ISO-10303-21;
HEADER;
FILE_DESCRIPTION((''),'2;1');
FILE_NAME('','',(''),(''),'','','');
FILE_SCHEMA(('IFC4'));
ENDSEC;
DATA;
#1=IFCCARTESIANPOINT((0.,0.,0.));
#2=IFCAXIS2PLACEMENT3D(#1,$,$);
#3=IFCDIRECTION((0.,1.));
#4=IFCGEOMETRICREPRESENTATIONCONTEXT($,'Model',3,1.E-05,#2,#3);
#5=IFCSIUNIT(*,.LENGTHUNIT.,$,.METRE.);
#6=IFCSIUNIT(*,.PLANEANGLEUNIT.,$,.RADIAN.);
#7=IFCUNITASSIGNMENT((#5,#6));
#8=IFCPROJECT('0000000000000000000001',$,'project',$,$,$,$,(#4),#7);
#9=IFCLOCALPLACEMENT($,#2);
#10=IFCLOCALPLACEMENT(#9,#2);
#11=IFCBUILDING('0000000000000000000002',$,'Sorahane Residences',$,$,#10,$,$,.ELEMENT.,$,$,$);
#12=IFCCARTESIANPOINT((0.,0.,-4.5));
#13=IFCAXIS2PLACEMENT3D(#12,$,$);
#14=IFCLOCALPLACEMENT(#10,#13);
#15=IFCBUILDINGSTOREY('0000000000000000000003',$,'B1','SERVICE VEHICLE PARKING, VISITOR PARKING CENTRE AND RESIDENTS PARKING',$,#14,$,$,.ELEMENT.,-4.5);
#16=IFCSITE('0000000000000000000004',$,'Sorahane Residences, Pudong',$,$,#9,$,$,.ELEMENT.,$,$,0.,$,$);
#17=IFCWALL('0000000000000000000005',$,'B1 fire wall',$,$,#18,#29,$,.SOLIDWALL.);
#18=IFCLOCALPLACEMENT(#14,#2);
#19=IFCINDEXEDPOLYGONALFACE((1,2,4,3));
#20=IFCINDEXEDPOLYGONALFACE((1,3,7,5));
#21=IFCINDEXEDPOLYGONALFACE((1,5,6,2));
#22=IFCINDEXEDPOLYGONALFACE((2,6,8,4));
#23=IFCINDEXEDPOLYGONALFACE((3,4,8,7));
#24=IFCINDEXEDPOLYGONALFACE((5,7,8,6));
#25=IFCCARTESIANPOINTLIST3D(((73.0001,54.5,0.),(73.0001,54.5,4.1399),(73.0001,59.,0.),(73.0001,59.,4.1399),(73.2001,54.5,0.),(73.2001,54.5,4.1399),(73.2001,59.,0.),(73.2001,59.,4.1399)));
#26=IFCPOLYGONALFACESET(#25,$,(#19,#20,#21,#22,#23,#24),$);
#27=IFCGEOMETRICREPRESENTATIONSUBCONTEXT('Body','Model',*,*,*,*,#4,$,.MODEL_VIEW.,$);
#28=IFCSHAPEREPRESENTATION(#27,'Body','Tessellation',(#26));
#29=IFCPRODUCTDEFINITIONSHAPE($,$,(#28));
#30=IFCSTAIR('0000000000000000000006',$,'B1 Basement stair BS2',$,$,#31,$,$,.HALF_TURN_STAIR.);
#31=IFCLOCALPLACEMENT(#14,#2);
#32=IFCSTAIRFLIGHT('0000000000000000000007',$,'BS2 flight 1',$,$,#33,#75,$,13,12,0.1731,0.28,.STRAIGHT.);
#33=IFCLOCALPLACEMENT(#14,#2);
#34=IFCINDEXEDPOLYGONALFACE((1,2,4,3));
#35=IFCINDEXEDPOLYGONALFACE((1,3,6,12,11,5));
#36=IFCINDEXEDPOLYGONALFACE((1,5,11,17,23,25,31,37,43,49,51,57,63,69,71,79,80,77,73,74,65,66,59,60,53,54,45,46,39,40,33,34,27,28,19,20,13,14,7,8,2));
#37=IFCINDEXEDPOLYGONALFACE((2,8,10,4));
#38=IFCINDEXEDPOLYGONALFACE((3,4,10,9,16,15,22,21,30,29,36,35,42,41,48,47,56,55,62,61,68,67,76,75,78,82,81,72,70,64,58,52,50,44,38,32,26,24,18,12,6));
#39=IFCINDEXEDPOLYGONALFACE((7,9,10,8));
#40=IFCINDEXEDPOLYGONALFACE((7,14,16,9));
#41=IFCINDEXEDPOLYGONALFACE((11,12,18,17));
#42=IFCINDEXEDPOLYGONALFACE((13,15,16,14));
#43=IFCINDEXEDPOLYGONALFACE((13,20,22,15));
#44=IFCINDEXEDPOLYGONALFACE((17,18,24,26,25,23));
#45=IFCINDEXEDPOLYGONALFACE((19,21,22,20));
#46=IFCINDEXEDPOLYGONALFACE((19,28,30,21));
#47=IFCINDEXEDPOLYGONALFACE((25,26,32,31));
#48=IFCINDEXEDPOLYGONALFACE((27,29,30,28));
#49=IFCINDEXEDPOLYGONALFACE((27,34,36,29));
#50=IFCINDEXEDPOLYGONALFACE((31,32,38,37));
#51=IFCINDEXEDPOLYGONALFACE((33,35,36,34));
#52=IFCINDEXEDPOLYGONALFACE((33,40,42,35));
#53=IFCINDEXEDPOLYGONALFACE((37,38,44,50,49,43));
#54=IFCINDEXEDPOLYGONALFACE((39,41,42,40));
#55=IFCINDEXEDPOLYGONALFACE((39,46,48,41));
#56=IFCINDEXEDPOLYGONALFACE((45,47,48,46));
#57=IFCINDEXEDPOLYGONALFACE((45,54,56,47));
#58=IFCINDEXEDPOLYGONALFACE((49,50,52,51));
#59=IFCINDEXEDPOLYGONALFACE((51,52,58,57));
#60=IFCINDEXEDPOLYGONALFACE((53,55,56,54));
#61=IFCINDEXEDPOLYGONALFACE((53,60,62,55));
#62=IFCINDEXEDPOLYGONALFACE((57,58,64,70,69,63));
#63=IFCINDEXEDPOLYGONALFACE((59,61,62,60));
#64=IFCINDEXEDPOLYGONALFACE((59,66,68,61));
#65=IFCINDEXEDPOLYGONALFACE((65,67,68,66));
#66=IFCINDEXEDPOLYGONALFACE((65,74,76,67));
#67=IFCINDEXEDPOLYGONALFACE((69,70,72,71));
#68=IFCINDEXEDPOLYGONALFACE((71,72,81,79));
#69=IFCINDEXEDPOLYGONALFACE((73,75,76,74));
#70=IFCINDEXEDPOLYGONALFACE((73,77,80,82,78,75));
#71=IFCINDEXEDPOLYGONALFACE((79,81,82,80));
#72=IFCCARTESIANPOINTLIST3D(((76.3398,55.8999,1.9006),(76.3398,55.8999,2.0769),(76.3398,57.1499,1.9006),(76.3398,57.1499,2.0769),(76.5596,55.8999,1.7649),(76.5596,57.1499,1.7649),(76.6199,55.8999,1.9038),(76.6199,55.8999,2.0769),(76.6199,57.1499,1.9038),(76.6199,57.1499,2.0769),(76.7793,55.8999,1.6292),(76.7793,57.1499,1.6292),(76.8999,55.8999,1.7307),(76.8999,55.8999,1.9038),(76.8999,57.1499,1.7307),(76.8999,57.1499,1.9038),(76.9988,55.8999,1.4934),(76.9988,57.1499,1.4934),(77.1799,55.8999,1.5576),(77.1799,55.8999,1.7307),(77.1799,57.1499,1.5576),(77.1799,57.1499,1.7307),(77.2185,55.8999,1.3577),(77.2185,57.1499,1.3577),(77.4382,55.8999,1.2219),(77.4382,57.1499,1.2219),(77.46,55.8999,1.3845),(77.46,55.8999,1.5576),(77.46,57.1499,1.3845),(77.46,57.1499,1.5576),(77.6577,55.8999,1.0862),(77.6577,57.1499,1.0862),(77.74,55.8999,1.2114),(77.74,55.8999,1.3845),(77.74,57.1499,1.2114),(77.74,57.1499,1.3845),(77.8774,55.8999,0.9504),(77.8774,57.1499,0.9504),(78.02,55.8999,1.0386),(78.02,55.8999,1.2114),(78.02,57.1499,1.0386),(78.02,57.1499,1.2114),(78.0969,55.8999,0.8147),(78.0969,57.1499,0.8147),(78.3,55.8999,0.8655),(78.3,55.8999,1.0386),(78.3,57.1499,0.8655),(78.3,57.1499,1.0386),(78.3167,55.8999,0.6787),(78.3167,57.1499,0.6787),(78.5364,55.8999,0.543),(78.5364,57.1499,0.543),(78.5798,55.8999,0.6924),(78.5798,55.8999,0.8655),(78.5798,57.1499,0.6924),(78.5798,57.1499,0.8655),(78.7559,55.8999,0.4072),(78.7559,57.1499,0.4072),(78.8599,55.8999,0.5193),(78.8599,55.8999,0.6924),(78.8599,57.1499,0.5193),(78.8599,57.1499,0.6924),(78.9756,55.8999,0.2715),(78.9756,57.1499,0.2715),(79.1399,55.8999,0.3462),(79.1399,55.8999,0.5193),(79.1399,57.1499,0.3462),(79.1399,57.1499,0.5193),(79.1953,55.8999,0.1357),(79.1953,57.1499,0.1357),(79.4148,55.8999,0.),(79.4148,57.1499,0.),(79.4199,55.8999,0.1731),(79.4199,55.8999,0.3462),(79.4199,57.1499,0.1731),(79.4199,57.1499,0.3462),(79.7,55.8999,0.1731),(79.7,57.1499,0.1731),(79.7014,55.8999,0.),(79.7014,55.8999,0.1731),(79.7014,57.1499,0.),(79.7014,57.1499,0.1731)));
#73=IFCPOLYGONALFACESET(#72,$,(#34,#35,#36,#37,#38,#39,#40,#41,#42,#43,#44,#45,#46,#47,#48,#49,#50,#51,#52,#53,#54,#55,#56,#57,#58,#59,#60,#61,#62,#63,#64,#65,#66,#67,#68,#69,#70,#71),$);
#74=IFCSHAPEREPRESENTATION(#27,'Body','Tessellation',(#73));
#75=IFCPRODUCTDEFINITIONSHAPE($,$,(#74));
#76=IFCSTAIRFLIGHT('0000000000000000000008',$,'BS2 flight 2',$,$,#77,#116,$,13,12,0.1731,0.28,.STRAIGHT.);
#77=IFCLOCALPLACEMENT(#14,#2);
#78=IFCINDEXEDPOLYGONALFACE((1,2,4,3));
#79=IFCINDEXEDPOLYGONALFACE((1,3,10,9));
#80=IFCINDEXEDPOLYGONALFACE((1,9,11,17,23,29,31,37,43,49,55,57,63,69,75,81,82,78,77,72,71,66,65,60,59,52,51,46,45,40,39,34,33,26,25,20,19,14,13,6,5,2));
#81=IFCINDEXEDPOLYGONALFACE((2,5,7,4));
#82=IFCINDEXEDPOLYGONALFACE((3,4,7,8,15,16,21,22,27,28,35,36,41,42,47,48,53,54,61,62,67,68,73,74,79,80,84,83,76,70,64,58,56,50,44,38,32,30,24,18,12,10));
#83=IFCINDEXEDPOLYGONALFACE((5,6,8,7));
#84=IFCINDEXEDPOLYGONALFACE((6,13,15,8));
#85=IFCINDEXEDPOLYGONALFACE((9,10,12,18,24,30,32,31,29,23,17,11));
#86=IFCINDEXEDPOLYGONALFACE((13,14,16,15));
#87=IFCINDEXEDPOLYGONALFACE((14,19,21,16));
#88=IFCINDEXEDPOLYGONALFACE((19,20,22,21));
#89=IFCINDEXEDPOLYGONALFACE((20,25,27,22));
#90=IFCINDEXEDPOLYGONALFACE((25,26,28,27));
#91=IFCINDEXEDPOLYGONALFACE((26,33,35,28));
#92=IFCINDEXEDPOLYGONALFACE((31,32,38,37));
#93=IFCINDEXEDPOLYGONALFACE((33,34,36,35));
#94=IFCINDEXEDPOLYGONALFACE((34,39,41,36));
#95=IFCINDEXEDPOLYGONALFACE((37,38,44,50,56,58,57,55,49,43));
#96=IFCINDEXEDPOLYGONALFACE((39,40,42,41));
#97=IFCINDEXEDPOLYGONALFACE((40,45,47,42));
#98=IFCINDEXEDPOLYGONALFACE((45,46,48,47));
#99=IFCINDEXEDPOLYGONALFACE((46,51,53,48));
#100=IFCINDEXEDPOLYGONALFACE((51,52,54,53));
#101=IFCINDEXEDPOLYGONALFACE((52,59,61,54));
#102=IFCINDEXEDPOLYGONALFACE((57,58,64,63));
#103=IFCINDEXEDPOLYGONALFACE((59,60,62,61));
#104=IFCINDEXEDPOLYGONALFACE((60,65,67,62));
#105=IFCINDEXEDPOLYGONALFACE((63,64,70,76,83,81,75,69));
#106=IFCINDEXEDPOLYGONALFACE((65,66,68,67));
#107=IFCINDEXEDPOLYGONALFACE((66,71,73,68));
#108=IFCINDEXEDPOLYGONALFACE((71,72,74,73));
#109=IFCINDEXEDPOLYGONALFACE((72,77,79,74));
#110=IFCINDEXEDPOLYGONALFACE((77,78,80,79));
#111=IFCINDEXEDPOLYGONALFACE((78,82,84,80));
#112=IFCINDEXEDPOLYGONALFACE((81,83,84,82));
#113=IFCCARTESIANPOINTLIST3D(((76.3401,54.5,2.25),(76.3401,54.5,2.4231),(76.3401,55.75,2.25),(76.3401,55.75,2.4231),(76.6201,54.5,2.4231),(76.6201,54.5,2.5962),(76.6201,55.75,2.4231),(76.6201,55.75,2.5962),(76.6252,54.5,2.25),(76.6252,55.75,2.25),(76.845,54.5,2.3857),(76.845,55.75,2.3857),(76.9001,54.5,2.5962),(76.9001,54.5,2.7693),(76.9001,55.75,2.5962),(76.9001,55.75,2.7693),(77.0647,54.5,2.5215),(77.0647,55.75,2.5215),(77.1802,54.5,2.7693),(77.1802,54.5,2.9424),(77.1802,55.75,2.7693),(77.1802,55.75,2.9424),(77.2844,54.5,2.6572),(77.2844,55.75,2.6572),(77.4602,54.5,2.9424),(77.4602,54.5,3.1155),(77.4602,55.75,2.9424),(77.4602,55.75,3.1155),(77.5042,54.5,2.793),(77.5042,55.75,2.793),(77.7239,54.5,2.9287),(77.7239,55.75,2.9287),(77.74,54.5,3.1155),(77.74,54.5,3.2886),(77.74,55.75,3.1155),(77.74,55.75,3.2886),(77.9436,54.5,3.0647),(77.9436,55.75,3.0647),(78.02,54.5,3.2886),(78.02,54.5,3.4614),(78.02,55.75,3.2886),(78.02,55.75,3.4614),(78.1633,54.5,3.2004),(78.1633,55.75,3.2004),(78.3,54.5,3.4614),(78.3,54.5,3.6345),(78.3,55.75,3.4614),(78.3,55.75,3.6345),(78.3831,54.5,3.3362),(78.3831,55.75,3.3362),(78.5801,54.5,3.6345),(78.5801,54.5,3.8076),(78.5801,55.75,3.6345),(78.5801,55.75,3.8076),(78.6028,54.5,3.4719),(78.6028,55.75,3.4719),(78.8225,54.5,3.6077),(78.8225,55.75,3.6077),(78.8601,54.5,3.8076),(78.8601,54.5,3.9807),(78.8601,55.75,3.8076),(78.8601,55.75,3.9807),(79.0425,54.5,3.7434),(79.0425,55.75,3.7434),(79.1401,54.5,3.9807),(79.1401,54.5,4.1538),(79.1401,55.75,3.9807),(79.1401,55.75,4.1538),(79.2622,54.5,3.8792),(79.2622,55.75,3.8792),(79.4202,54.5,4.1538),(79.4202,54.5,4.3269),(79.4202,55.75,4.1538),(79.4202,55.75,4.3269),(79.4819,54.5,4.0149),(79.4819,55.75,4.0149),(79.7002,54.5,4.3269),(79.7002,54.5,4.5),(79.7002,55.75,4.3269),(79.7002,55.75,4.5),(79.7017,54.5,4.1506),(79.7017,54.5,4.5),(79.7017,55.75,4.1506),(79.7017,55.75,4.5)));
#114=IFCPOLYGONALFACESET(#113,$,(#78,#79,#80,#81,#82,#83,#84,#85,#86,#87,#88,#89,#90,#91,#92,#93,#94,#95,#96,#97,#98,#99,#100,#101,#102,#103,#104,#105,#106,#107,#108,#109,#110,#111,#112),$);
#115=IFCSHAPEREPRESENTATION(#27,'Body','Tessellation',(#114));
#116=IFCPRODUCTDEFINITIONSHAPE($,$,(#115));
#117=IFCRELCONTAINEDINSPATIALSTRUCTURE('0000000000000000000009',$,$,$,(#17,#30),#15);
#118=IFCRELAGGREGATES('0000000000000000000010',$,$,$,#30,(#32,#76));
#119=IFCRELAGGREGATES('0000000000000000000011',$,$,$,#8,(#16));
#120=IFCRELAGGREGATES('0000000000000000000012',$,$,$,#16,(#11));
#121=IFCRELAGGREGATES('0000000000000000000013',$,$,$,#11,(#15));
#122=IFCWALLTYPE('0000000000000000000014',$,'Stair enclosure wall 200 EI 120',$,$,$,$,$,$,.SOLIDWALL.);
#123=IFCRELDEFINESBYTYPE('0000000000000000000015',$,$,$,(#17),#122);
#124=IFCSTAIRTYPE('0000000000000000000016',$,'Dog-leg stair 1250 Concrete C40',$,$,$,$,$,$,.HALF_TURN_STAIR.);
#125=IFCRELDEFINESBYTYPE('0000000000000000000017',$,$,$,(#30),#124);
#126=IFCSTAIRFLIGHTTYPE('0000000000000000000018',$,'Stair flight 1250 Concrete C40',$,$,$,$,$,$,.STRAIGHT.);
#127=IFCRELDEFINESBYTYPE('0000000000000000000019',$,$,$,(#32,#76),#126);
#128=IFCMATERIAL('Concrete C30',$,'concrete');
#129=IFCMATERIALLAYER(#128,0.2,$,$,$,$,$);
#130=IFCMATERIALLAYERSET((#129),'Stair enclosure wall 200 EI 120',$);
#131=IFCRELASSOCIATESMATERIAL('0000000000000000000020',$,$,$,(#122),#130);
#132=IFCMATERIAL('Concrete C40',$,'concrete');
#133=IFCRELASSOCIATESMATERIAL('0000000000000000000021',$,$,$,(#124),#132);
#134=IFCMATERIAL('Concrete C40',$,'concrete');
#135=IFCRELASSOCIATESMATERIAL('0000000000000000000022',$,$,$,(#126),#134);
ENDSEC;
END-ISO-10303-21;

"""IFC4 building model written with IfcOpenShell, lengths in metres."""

from ifc_helpers import new_model, si_unit, direction, frame, frame_2d, origin, place, context, subcontext, project, spatial, polyline, rectangle, outline, extrude, material, layer, layer_set, type_object, element, aggregate, save


model = new_model("IFC4")

# Units and contexts
model_context = context("Model", 3, precision=1e-05, world=origin(), true_north=direction((0.0, 1.0)))
body_context = subcontext(model_context, "Body", "Model", "MODEL_VIEW")
ifc_project = project(units=[si_unit("LENGTHUNIT", "METRE"), si_unit("PLANEANGLEUNIT", "RADIAN")], contexts=[model_context])

# Site, building, storey
site_placement = place(None, origin())
site = spatial("IfcSite", under=ifc_project, at=site_placement, Name="Sorahane Residences, Pudong", CompositionType="ELEMENT", RefElevation=0.0)
building_placement = place(site_placement, origin())
building = spatial("IfcBuilding", under=site, at=building_placement, Name="Sorahane Residences", CompositionType="ELEMENT")
storey_placement = place(building_placement, frame((0.0, 0.0, -4.5)))
storey = spatial("IfcBuildingStorey", under=building, at=storey_placement, Name="B1", Description="SERVICE VEHICLE PARKING, VISITOR PARKING CENTRE AND RESIDENTS PARKING", CompositionType="ELEMENT", Elevation=-4.5)

# Wall
ifc_material_1 = material(Name="Concrete C30", Category="concrete")
ifc_layer_1 = layer(ifc_material_1, 0.2)
ifc_layer_set_1 = layer_set([ifc_layer_1], Name="Stair enclosure wall 200 EI 120")
wall_type_1 = type_object("IfcWallType", Name="Stair enclosure wall 200 EI 120", PredefinedType="SOLIDWALL", material=ifc_layer_set_1)
wall_1_placement = place(storey_placement, frame((73.1001, 54.5, 0.0), z_axis=(0.0, 0.0, 1.0), x_axis=(0.0, 1.0, 0.0)))
element("IfcWall", 1, at=wall_1_placement, inside=storey, type_object=wall_type_1, Name="B1 fire wall", PredefinedType="SOLIDWALL", context=body_context, shape_type="SweptSolid", body=[
    extrude(rectangle(XDim=4.5, YDim=0.2, at=frame_2d((2.25, 0.0))), origin(), (0.0, 0.0, 1.0), 4.1399),
])

# Stair, stair flights
ifc_material_2 = material(Name="Concrete C40", Category="concrete")
stair_type = type_object("IfcStairType", Name="Dog-leg stair 1250 Concrete C40", PredefinedType="HALF_TURN_STAIR", material=ifc_material_2)
stair_placement = place(storey_placement, origin())
stair = element("IfcStair", 2, at=stair_placement, inside=storey, type_object=stair_type, Name="B1 Basement stair BS2", PredefinedType="HALF_TURN_STAIR")
ifc_material_3 = material(Name="Concrete C40", Category="concrete")
stair_flight_type = type_object("IfcStairFlightType", Name="Stair flight 1250 Concrete C40", PredefinedType="STRAIGHT", material=ifc_material_3)
stair_flight_1_placement = place(storey_placement, frame((79.7, 56.5249, 0.0), z_axis=(0.0, 0.0, 1.0), x_axis=(-1.0, 0.0, 0.0)))
stair_flight_1 = element("IfcStairFlight", 3, at=stair_flight_1_placement, type_object=stair_flight_type, Name="BS2 flight 1", NumberOfRisers=13, NumberOfTreads=12, PredefinedType="STRAIGHT", RiserHeight=0.1731, TreadLength=0.28, context=body_context, shape_type="SweptSolid", body=[
    extrude(outline(polyline([(-0.0015, 0.0), (-0.0015, 0.1731), (0.0, 0.1731), (0.28, 0.1731), (0.28, 0.3462), (0.5601, 0.3462), (0.5601, 0.5193), (0.8401, 0.5193), (0.8401, 0.6924), (1.1201, 0.6924), (1.1201, 0.8655), (1.3999, 0.8655), (1.3999, 1.0386), (1.6799, 1.0386), (1.6799, 1.2114), (1.96, 1.2114), (1.96, 1.3845), (2.24, 1.3845), (2.24, 1.5576), (2.52, 1.5576), (2.52, 1.7307), (2.8, 1.7307), (2.8, 1.9038), (3.0801, 1.9038), (3.0801, 2.0769), (3.3601, 2.0769), (3.3601, 2.25), (3.3601, 1.9006), (3.1404, 1.7649), (2.9207, 1.6292), (2.7012, 1.4934), (2.4814, 1.3577), (2.2617, 1.2219), (2.0422, 1.0862), (1.8225, 0.9504), (1.603, 0.8147), (1.3833, 0.6787), (1.1636, 0.543), (0.9441, 0.4072), (0.7244, 0.2715), (0.5046, 0.1357), (0.2852, 0.0), (-0.0015, 0.0)])), frame((0.0, 0.625, 0.0), z_axis=(0.0, -1.0, 0.0), x_axis=(1.0, 0.0, 0.0)), (0.0, 0.0, 1.0), 1.25),
])
stair_flight_2_placement = place(storey_placement, frame((76.3401, 55.125, 2.25), z_axis=(0.0, 0.0, 1.0), x_axis=(1.0, 0.0, 0.0)))
stair_flight_2 = element("IfcStairFlight", 4, at=stair_flight_2_placement, type_object=stair_flight_type, Name="BS2 flight 2", NumberOfRisers=13, NumberOfTreads=12, PredefinedType="STRAIGHT", RiserHeight=0.1731, TreadLength=0.28, context=body_context, shape_type="SweptSolid", body=[
    extrude(outline(polyline([(0.0, 0.0), (0.0, 0.1731), (0.28, 0.1731), (0.28, 0.3462), (0.5601, 0.3462), (0.5601, 0.5193), (0.8401, 0.5193), (0.8401, 0.6924), (1.1201, 0.6924), (1.1201, 0.8655), (1.3999, 0.8655), (1.3999, 1.0386), (1.6799, 1.0386), (1.6799, 1.2114), (1.96, 1.2114), (1.96, 1.3845), (2.24, 1.3845), (2.24, 1.5576), (2.52, 1.5576), (2.52, 1.7307), (2.8, 1.7307), (2.8, 1.9038), (3.0801, 1.9038), (3.0801, 2.0769), (3.3601, 2.0769), (3.3601, 2.25), (3.3616, 2.25), (3.3616, 1.9006), (3.1418, 1.7649), (2.9221, 1.6292), (2.7024, 1.4934), (2.4824, 1.3577), (2.2627, 1.2219), (2.043, 1.0862), (1.8232, 0.9504), (1.6035, 0.8147), (1.3838, 0.6787), (1.1641, 0.543), (0.9443, 0.4072), (0.7246, 0.2715), (0.5049, 0.1357), (0.2852, 0.0), (0.0, 0.0)])), frame((0.0, 0.625, 0.0), z_axis=(0.0, -1.0, 0.0), x_axis=(1.0, 0.0, 0.0)), (0.0, 0.0, 1.0), 1.25),
])
aggregate(stair, [stair_flight_1, stair_flight_2])

save(model, "model.ifc")
